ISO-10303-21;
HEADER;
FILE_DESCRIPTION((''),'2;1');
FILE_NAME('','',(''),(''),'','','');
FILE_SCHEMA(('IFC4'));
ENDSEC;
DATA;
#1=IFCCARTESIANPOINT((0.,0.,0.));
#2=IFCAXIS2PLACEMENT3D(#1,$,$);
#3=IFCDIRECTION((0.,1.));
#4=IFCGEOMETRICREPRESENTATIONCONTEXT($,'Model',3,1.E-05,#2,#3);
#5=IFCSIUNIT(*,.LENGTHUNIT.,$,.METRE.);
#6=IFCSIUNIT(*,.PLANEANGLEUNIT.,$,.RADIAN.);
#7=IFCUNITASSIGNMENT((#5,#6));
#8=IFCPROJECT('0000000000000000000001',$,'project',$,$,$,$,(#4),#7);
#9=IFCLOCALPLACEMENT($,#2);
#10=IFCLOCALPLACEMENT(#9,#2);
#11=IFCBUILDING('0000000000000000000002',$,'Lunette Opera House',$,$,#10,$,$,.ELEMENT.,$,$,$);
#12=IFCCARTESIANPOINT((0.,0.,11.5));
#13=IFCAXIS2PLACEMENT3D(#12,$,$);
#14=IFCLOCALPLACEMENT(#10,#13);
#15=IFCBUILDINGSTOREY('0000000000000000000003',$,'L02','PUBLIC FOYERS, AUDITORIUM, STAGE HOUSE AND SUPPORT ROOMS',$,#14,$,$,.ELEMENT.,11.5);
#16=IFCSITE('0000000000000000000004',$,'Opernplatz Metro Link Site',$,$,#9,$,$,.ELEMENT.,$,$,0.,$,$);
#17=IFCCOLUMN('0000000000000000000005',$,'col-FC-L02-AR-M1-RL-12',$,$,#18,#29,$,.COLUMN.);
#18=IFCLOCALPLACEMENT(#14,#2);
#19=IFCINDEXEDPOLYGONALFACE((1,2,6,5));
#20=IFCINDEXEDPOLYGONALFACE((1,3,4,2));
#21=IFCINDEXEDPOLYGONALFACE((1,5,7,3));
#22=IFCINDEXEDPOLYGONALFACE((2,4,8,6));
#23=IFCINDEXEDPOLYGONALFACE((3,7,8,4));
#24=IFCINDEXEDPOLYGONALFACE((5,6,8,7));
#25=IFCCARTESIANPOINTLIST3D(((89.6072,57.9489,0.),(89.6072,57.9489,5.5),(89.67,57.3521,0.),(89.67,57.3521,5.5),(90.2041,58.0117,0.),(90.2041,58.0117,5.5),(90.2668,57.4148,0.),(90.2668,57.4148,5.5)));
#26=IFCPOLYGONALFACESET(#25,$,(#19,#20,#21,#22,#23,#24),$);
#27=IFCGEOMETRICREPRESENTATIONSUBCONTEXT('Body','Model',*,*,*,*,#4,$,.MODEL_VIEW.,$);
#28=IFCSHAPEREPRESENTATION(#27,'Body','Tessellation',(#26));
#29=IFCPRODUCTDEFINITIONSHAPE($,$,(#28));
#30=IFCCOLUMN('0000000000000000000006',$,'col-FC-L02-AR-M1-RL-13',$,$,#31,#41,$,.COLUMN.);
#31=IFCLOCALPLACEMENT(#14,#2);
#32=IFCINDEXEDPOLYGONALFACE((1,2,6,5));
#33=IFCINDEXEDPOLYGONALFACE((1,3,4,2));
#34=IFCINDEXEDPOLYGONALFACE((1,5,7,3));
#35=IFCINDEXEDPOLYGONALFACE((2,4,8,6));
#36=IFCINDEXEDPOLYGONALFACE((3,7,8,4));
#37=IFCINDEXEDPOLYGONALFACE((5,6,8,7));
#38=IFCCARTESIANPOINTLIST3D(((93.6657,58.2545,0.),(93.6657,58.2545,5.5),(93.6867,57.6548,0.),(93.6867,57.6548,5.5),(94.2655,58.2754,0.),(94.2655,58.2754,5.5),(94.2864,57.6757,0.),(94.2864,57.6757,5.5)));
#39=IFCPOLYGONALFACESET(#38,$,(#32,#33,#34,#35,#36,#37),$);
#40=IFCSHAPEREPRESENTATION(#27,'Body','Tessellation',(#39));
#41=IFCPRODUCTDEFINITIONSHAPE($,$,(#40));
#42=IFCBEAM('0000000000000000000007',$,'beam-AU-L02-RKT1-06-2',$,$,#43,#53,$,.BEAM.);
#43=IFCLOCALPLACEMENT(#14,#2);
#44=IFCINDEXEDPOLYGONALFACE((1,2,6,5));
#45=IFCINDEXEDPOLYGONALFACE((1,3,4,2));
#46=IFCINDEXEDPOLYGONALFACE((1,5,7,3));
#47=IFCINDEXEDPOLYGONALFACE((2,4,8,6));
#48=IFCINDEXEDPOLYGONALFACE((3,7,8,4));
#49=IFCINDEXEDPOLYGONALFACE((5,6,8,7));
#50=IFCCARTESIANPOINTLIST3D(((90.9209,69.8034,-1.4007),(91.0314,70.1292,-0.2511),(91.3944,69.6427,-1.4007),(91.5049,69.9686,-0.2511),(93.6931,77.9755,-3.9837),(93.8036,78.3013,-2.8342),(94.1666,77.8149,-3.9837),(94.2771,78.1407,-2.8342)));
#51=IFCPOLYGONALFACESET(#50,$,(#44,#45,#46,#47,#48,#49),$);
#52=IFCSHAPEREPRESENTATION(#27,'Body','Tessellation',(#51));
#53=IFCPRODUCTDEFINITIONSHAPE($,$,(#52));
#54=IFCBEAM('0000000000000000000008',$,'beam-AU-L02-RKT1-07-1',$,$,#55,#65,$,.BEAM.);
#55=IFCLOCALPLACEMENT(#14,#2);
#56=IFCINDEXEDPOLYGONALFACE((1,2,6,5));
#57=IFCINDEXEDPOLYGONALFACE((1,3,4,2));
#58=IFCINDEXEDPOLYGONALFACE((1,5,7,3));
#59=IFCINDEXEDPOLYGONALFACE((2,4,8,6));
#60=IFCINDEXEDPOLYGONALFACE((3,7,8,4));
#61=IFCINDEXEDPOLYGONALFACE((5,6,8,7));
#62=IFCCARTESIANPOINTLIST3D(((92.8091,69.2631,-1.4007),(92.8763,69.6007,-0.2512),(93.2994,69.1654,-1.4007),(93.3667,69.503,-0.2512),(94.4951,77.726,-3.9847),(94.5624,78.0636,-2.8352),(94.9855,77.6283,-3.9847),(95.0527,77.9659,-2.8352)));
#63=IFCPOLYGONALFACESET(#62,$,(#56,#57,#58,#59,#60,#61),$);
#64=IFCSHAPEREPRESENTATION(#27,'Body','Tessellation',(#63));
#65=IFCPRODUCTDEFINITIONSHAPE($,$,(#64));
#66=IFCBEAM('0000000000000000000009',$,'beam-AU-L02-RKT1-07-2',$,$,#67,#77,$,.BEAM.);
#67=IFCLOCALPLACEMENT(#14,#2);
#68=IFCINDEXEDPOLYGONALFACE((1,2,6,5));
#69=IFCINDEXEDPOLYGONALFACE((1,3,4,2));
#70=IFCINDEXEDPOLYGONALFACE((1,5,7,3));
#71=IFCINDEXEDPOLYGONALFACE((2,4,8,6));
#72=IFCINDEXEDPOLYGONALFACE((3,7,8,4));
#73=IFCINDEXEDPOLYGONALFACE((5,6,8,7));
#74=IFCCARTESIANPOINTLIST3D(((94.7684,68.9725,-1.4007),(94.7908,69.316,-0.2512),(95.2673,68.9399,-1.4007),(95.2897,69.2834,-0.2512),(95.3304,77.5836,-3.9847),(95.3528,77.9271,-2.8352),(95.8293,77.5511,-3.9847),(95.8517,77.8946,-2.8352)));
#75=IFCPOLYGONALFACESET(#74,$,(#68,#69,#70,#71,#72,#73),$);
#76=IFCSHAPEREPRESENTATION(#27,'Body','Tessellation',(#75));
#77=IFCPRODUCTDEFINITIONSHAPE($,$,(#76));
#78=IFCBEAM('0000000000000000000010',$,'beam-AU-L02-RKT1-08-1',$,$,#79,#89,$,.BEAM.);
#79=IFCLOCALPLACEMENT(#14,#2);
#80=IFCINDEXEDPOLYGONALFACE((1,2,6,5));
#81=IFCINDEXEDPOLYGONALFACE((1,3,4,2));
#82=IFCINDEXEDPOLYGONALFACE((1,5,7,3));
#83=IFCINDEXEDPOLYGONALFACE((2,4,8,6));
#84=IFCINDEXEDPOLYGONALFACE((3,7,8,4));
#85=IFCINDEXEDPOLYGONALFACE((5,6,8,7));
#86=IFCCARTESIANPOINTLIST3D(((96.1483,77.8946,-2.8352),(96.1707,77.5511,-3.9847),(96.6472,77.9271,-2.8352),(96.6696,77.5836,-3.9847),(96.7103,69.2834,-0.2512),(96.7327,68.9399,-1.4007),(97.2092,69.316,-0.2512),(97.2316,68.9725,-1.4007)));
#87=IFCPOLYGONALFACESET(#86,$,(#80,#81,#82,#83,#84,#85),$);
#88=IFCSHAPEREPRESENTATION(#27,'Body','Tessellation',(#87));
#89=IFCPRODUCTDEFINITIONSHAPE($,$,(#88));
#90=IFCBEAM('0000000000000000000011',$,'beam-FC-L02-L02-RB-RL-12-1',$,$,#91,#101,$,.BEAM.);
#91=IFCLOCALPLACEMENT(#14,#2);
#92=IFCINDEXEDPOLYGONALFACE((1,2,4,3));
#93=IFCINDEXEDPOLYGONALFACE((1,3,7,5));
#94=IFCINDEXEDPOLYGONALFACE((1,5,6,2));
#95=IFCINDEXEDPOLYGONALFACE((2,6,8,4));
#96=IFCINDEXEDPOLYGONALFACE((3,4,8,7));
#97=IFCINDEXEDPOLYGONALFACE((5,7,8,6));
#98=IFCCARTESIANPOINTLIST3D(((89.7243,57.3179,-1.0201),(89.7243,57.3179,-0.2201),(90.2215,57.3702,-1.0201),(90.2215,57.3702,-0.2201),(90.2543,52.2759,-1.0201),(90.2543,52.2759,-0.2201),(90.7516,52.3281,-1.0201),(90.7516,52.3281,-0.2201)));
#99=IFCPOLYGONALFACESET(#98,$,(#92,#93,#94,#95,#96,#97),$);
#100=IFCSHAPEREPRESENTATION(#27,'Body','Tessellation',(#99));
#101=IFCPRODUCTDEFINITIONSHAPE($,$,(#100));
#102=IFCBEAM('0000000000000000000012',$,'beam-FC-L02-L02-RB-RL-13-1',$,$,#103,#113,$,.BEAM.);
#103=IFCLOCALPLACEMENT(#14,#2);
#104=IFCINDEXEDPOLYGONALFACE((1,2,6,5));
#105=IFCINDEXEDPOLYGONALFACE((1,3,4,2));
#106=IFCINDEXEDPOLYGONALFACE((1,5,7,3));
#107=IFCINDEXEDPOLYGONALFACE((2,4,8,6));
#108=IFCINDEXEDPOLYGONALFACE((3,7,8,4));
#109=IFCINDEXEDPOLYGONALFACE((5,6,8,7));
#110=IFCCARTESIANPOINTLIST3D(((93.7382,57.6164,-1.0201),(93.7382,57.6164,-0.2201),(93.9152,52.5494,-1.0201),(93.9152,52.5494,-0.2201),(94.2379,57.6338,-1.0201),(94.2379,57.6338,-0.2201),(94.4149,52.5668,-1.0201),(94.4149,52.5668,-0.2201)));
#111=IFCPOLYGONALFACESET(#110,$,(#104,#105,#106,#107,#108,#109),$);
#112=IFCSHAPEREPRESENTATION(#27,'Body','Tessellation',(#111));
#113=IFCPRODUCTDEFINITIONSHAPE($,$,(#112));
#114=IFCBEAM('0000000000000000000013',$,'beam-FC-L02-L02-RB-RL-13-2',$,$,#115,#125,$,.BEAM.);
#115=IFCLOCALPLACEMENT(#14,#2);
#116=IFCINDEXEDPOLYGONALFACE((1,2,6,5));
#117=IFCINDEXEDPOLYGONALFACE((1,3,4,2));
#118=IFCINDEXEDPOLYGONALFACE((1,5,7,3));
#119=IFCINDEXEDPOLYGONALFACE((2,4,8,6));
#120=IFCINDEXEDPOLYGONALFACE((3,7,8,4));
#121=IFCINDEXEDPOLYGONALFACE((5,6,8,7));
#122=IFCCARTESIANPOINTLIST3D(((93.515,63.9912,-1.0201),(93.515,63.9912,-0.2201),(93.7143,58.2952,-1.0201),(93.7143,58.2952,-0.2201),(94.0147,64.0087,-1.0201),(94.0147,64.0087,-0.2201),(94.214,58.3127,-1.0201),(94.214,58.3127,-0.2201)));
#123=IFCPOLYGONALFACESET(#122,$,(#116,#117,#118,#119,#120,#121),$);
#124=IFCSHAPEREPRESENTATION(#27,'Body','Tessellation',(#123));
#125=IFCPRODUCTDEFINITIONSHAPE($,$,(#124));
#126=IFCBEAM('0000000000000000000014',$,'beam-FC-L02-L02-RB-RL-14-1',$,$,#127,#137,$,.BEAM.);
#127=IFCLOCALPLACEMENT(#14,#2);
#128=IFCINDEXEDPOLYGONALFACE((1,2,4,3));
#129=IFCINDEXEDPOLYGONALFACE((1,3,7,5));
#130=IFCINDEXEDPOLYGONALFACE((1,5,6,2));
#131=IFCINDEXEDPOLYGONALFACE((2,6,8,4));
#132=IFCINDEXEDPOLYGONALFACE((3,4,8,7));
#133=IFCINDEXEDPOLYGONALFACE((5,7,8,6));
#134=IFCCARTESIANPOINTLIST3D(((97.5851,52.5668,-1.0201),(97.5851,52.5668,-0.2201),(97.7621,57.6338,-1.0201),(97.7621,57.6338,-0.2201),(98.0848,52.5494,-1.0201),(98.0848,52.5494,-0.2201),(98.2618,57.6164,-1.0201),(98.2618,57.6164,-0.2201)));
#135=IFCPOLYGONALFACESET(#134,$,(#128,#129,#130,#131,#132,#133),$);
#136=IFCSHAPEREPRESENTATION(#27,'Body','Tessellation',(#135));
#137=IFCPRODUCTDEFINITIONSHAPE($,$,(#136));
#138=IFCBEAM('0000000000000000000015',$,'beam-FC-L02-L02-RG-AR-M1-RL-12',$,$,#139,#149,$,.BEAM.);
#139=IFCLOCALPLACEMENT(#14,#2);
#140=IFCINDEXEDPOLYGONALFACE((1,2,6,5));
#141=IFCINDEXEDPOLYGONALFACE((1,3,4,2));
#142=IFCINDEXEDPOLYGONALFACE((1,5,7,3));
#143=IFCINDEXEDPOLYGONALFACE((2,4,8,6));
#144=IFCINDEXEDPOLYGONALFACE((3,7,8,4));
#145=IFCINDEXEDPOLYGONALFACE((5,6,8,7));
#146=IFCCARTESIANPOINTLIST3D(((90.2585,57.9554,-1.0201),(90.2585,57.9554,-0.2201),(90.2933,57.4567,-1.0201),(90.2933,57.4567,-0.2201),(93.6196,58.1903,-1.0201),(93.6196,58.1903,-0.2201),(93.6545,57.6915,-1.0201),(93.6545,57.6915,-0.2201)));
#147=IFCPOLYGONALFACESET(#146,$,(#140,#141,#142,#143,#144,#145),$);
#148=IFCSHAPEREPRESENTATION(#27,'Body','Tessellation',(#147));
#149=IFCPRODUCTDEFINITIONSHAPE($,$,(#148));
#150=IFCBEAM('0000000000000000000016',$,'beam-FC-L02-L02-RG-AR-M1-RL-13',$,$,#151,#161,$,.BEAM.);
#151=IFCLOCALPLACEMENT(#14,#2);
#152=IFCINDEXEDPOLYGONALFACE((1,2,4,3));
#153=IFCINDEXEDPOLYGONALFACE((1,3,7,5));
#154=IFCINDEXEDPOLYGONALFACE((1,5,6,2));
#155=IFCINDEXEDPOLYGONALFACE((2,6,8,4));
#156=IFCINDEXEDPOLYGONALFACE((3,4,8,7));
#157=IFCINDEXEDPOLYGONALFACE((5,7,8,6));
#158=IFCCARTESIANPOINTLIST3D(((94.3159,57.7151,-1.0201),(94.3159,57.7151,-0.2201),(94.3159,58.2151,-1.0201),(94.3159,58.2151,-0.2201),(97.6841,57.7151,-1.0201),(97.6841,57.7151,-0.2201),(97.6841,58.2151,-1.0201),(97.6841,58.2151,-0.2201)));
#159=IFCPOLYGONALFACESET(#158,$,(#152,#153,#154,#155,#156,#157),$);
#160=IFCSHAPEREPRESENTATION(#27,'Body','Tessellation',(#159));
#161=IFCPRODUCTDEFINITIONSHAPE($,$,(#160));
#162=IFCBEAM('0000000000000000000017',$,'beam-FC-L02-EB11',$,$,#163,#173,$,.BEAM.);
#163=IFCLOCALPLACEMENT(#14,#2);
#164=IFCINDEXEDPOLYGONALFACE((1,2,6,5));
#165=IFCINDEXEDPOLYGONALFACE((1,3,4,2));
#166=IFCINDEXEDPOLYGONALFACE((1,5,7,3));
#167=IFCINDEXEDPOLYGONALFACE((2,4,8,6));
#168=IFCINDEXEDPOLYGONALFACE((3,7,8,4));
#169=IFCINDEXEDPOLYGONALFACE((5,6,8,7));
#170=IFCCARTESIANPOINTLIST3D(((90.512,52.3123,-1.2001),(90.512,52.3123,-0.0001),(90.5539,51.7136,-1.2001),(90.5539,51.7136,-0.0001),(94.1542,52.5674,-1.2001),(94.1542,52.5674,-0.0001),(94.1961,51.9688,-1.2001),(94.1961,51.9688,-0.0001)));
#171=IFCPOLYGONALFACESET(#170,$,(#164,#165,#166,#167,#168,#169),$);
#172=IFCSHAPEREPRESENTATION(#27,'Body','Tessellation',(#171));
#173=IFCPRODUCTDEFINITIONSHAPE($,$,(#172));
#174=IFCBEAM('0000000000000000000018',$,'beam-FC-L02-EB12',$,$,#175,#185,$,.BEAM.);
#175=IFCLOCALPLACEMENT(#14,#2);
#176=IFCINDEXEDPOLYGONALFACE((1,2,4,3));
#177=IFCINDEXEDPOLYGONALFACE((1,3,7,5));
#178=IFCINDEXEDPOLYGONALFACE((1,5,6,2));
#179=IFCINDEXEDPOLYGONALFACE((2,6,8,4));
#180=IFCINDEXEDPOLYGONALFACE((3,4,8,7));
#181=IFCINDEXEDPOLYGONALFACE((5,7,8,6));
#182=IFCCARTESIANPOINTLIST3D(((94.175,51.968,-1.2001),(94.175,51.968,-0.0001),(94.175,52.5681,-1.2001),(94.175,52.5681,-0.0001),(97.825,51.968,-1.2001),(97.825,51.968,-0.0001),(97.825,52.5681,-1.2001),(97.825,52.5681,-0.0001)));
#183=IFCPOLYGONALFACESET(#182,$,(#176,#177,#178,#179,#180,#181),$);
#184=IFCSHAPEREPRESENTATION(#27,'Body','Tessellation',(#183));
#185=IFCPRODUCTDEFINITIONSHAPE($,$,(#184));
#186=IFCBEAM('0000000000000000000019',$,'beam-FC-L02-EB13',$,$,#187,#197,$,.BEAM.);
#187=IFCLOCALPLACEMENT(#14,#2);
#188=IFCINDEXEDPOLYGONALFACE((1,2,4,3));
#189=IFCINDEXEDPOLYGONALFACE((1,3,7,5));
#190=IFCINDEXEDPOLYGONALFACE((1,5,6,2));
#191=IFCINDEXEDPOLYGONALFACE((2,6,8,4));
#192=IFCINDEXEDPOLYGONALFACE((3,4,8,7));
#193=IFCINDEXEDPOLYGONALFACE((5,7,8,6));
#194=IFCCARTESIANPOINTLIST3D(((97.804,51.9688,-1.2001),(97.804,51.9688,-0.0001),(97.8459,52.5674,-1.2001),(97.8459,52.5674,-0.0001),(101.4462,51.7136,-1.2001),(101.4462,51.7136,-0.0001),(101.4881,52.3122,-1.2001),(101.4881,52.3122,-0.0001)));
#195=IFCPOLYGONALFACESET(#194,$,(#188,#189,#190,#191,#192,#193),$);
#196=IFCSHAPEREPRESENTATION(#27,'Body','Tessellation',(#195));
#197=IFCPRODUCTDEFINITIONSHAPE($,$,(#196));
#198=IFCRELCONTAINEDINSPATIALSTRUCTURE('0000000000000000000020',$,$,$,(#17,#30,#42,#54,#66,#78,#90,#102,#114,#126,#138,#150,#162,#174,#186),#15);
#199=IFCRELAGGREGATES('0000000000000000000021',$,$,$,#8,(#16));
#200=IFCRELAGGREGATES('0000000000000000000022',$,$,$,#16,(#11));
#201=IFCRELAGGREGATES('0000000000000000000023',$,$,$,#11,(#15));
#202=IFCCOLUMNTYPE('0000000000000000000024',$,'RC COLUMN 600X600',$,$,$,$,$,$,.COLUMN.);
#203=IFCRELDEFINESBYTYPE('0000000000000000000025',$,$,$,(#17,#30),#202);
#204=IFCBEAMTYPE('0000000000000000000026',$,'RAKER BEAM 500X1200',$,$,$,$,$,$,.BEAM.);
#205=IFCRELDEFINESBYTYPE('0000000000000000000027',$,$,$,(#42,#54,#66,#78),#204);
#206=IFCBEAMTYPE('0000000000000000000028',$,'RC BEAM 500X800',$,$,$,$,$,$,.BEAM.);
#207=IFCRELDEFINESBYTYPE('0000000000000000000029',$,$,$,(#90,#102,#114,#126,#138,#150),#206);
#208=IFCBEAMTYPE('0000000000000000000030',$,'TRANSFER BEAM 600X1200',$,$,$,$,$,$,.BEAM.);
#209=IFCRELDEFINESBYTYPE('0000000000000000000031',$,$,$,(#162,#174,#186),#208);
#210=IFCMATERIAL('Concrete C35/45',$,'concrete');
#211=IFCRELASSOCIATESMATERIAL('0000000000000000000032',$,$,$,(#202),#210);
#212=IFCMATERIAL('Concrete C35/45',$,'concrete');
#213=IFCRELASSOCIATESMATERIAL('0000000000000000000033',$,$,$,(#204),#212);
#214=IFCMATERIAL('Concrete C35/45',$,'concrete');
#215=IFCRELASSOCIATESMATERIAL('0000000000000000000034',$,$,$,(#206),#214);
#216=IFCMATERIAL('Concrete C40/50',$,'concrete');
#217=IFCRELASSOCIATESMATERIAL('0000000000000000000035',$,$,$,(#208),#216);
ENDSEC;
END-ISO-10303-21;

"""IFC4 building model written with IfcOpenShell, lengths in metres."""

from ifc_helpers import new_model, si_unit, direction, frame, origin, origin_2d, place, context, subcontext, project, spatial, rectangle, extrude, material, material_profile, profile_set, type_object, element, save


model = new_model("IFC4")

# Units and contexts
model_context = context("Model", 3, precision=1e-05, world=origin(), true_north=direction((0.0, 1.0)))
body_context = subcontext(model_context, "Body", "Model", "MODEL_VIEW")
ifc_project = project(units=[si_unit("LENGTHUNIT", "METRE"), si_unit("PLANEANGLEUNIT", "RADIAN")], contexts=[model_context])

# Site, building, storey
site_placement = place(None, origin())
site = spatial("IfcSite", under=ifc_project, at=site_placement, Name="Opernplatz Metro Link Site", CompositionType="ELEMENT", RefElevation=0.0)
building_placement = place(site_placement, origin())
building = spatial("IfcBuilding", under=site, at=building_placement, Name="Lunette Opera House", CompositionType="ELEMENT")
storey_placement = place(building_placement, frame((0.0, 0.0, 11.5)))
storey = spatial("IfcBuildingStorey", under=building, at=storey_placement, Name="L02", Description="PUBLIC FOYERS, AUDITORIUM, STAGE HOUSE AND SUPPORT ROOMS", CompositionType="ELEMENT", Elevation=11.5)

# Columns
ifc_material_1 = material(Name="Concrete C35/45", Category="concrete")
ifc_material_profile_1 = material_profile(ifc_material_1, rectangle(XDim=0.6001, YDim=0.6001, at=origin_2d()), Name="RC COLUMN 600X600")
ifc_profile_set_1 = profile_set([ifc_material_profile_1], Name="Concrete C35/45")
column_type = type_object("IfcColumnType", Name="RC COLUMN 600X600", PredefinedType="COLUMN", material=ifc_profile_set_1)
for number, where, z_axis, x_axis, name in (
    (1, (89.937, 57.6819, 0.0), (0.0, 0.0, 1.0), (0.994522, 0.104528, 0.0), "col-FC-L02-AR-M1-RL-12"),
    (2, (93.9761, 57.9651, 0.0), (0.0, 0.0, 1.0), (0.999391, 0.034899, 0.0), "col-FC-L02-AR-M1-RL-13"),
):
    element("IfcColumn", number, at=place(storey_placement, frame(where, z_axis=z_axis, x_axis=x_axis)), inside=storey, type_object=column_type, Name=name, PredefinedType="COLUMN", context=body_context, shape_type="SweptSolid", body=[
        extrude(rectangle(XDim=0.6001, YDim=0.6001, at=origin_2d()), origin(), (0.0, 0.0, 1.0), 5.5),
    ])

# Beams
ifc_material_2 = material(Name="Concrete C35/45", Category="concrete")
ifc_material_profile_2 = material_profile(ifc_material_2, rectangle(XDim=0.5, YDim=1.2, at=origin_2d()), Name="RAKER BEAM 500X1200")
ifc_profile_set_2 = profile_set([ifc_material_profile_2], Name="Concrete C35/45")
beam_type_1 = type_object("IfcBeamType", Name="RAKER BEAM 500X1200", PredefinedType="BEAM", material=ifc_profile_set_2)
for number, where, z_axis, x_axis, name in (
    (3, (91.2129, 69.886, -0.8259), (0.307757, 0.907226, -0.286752), (-0.946995, 0.321248, 0.0), "beam-AU-L02-RKT1-06-2"),
    (4, (93.0879, 69.3831, -0.8259), (0.187175, 0.939508, -0.286861), (-0.980726, 0.195387, 0.0), "beam-AU-L02-RKT1-07-1"),
):
    element("IfcBeam", number, at=place(storey_placement, frame(where, z_axis=z_axis, x_axis=x_axis)), inside=storey, type_object=beam_type_1, Name=name, PredefinedType="BEAM", context=body_context, shape_type="SweptSolid", body=[
        extrude(rectangle(XDim=0.5, YDim=1.2, at=origin_2d()), origin(), (0.0, 0.0, 1.0), 9.0078),
    ])
for number, where, z_axis, x_axis, name in (
    (5, (95.0291, 69.1279, -0.8259), (0.06239, 0.95594, -0.286855), (-0.997877, 0.065128, 0.0), "beam-AU-L02-RKT1-07-2"),
    (6, (96.9709, 69.1279, -0.8259), (-0.06239, 0.95594, -0.286855), (-0.997877, -0.065128, 0.0), "beam-AU-L02-RKT1-08-1"),
):
    element("IfcBeam", number, at=place(storey_placement, frame(where, z_axis=z_axis, x_axis=x_axis)), inside=storey, type_object=beam_type_1, Name=name, PredefinedType="BEAM", context=body_context, shape_type="SweptSolid", body=[
        extrude(rectangle(XDim=0.5, YDim=1.2, at=origin_2d()), origin(), (0.0, 0.0, 1.0), 9.0081),
    ])
ifc_material_3 = material(Name="Concrete C35/45", Category="concrete")
ifc_material_profile_3 = material_profile(ifc_material_3, rectangle(XDim=0.5, YDim=0.8, at=origin_2d()), Name="RC BEAM 500X800")
ifc_profile_set_3 = profile_set([ifc_material_profile_3], Name="Concrete C35/45")
beam_type_2 = type_object("IfcBeamType", Name="RC BEAM 500X800", PredefinedType="BEAM", material=ifc_profile_set_3)
beam_1_placement = place(storey_placement, frame((90.5029, 52.302, -0.6201), z_axis=(-0.104547, 0.99452, 0.0), x_axis=(-0.99452, -0.104547, 0.0)))
element("IfcBeam", 7, at=beam_1_placement, inside=storey, type_object=beam_type_2, Name="beam-FC-L02-L02-RB-RL-12-1", PredefinedType="BEAM", context=body_context, shape_type="SweptSolid", body=[
    extrude(rectangle(XDim=0.5, YDim=0.8, at=origin_2d()), origin(), (0.0, 0.0, 1.0), 5.0698),
])
beam_2_placement = place(storey_placement, frame((94.165, 52.5581, -0.6201), z_axis=(-0.034912, 0.99939, 0.0), x_axis=(-0.99939, -0.034912, 0.0)))
element("IfcBeam", 8, at=beam_2_placement, inside=storey, type_object=beam_type_2, Name="beam-FC-L02-L02-RB-RL-13-1", PredefinedType="BEAM", context=body_context, shape_type="SweptSolid", body=[
    extrude(rectangle(XDim=0.5, YDim=0.8, at=origin_2d()), origin(), (0.0, 0.0, 1.0), 5.0701),
])
beam_3_placement = place(storey_placement, frame((93.9641, 58.304, -0.6201), z_axis=(-0.034954, 0.999389, 0.0), x_axis=(-0.999389, -0.034954, 0.0)))
element("IfcBeam", 9, at=beam_3_placement, inside=storey, type_object=beam_type_2, Name="beam-FC-L02-L02-RB-RL-13-2", PredefinedType="BEAM", context=body_context, shape_type="SweptSolid", body=[
    extrude(rectangle(XDim=0.5, YDim=0.8, at=origin_2d()), origin(), (0.0, 0.0, 1.0), 5.6995),
])
beam_4_placement = place(storey_placement, frame((97.835, 52.5581, -0.6201), z_axis=(0.034912, 0.99939, 0.0), x_axis=(-0.99939, 0.034912, 0.0)))
element("IfcBeam", 10, at=beam_4_placement, inside=storey, type_object=beam_type_2, Name="beam-FC-L02-L02-RB-RL-14-1", PredefinedType="BEAM", context=body_context, shape_type="SweptSolid", body=[
    extrude(rectangle(XDim=0.5, YDim=0.8, at=origin_2d()), origin(), (0.0, 0.0, 1.0), 5.0701),
])
beam_5_placement = place(storey_placement, frame((90.2759, 57.7061, -0.6201), z_axis=(0.997567, 0.069707, 0.0), x_axis=(-0.069707, 0.997567, 0.0)))
element("IfcBeam", 11, at=beam_5_placement, inside=storey, type_object=beam_type_2, Name="beam-FC-L02-L02-RG-AR-M1-RL-12", PredefinedType="BEAM", context=body_context, shape_type="SweptSolid", body=[
    extrude(rectangle(XDim=0.5, YDim=0.8, at=origin_2d()), origin(), (0.0, 0.0, 1.0), 3.3694),
])
beam_6_placement = place(storey_placement, frame((94.3159, 57.9651, -0.6201), z_axis=(1.0, 0.0, 0.0), x_axis=(0.0, 1.0, 0.0)))
element("IfcBeam", 12, at=beam_6_placement, inside=storey, type_object=beam_type_2, Name="beam-FC-L02-L02-RG-AR-M1-RL-13", PredefinedType="BEAM", context=body_context, shape_type="SweptSolid", body=[
    extrude(rectangle(XDim=0.5, YDim=0.8, at=origin_2d()), origin(), (0.0, 0.0, 1.0), 3.3682),
])
ifc_material_4 = material(Name="Concrete C40/50", Category="concrete")
ifc_material_profile_4 = material_profile(ifc_material_4, rectangle(XDim=0.6001, YDim=1.2, at=origin_2d()), Name="TRANSFER BEAM 600X1200")
ifc_profile_set_4 = profile_set([ifc_material_profile_4], Name="Concrete C40/50")
beam_type_3 = type_object("IfcBeamType", Name="TRANSFER BEAM 600X1200", PredefinedType="BEAM", material=ifc_profile_set_4)
beam_7_placement = place(storey_placement, frame((90.533, 52.0129, -0.6001), z_axis=(0.997556, 0.069878, 0.0), x_axis=(-0.069878, 0.997556, 0.0)))
element("IfcBeam", 13, at=beam_7_placement, inside=storey, type_object=beam_type_3, Name="beam-FC-L02-EB11", PredefinedType="BEAM", context=body_context, shape_type="SweptSolid", body=[
    extrude(rectangle(XDim=0.6001, YDim=1.2, at=origin_2d()), origin(), (0.0, 0.0, 1.0), 3.6511),
])
beam_8_placement = place(storey_placement, frame((94.175, 52.2681, -0.6001), z_axis=(1.0, 0.0, 0.0), x_axis=(0.0, 1.0, 0.0)))
element("IfcBeam", 14, at=beam_8_placement, inside=storey, type_object=beam_type_3, Name="beam-FC-L02-EB12", PredefinedType="BEAM", context=body_context, shape_type="SweptSolid", body=[
    extrude(rectangle(XDim=0.6001, YDim=1.2, at=origin_2d()), origin(), (0.0, 0.0, 1.0), 3.6499),
])
beam_9_placement = place(storey_placement, frame((97.825, 52.2681, -0.6001), z_axis=(0.997556, -0.069878, 0.0), x_axis=(0.069878, 0.997556, 0.0)))
element("IfcBeam", 15, at=beam_9_placement, inside=storey, type_object=beam_type_3, Name="beam-FC-L02-EB13", PredefinedType="BEAM", context=body_context, shape_type="SweptSolid", body=[
    extrude(rectangle(XDim=0.6001, YDim=1.2, at=origin_2d()), origin(), (0.0, 0.0, 1.0), 3.6511),
])

save(model, "model.ifc")
